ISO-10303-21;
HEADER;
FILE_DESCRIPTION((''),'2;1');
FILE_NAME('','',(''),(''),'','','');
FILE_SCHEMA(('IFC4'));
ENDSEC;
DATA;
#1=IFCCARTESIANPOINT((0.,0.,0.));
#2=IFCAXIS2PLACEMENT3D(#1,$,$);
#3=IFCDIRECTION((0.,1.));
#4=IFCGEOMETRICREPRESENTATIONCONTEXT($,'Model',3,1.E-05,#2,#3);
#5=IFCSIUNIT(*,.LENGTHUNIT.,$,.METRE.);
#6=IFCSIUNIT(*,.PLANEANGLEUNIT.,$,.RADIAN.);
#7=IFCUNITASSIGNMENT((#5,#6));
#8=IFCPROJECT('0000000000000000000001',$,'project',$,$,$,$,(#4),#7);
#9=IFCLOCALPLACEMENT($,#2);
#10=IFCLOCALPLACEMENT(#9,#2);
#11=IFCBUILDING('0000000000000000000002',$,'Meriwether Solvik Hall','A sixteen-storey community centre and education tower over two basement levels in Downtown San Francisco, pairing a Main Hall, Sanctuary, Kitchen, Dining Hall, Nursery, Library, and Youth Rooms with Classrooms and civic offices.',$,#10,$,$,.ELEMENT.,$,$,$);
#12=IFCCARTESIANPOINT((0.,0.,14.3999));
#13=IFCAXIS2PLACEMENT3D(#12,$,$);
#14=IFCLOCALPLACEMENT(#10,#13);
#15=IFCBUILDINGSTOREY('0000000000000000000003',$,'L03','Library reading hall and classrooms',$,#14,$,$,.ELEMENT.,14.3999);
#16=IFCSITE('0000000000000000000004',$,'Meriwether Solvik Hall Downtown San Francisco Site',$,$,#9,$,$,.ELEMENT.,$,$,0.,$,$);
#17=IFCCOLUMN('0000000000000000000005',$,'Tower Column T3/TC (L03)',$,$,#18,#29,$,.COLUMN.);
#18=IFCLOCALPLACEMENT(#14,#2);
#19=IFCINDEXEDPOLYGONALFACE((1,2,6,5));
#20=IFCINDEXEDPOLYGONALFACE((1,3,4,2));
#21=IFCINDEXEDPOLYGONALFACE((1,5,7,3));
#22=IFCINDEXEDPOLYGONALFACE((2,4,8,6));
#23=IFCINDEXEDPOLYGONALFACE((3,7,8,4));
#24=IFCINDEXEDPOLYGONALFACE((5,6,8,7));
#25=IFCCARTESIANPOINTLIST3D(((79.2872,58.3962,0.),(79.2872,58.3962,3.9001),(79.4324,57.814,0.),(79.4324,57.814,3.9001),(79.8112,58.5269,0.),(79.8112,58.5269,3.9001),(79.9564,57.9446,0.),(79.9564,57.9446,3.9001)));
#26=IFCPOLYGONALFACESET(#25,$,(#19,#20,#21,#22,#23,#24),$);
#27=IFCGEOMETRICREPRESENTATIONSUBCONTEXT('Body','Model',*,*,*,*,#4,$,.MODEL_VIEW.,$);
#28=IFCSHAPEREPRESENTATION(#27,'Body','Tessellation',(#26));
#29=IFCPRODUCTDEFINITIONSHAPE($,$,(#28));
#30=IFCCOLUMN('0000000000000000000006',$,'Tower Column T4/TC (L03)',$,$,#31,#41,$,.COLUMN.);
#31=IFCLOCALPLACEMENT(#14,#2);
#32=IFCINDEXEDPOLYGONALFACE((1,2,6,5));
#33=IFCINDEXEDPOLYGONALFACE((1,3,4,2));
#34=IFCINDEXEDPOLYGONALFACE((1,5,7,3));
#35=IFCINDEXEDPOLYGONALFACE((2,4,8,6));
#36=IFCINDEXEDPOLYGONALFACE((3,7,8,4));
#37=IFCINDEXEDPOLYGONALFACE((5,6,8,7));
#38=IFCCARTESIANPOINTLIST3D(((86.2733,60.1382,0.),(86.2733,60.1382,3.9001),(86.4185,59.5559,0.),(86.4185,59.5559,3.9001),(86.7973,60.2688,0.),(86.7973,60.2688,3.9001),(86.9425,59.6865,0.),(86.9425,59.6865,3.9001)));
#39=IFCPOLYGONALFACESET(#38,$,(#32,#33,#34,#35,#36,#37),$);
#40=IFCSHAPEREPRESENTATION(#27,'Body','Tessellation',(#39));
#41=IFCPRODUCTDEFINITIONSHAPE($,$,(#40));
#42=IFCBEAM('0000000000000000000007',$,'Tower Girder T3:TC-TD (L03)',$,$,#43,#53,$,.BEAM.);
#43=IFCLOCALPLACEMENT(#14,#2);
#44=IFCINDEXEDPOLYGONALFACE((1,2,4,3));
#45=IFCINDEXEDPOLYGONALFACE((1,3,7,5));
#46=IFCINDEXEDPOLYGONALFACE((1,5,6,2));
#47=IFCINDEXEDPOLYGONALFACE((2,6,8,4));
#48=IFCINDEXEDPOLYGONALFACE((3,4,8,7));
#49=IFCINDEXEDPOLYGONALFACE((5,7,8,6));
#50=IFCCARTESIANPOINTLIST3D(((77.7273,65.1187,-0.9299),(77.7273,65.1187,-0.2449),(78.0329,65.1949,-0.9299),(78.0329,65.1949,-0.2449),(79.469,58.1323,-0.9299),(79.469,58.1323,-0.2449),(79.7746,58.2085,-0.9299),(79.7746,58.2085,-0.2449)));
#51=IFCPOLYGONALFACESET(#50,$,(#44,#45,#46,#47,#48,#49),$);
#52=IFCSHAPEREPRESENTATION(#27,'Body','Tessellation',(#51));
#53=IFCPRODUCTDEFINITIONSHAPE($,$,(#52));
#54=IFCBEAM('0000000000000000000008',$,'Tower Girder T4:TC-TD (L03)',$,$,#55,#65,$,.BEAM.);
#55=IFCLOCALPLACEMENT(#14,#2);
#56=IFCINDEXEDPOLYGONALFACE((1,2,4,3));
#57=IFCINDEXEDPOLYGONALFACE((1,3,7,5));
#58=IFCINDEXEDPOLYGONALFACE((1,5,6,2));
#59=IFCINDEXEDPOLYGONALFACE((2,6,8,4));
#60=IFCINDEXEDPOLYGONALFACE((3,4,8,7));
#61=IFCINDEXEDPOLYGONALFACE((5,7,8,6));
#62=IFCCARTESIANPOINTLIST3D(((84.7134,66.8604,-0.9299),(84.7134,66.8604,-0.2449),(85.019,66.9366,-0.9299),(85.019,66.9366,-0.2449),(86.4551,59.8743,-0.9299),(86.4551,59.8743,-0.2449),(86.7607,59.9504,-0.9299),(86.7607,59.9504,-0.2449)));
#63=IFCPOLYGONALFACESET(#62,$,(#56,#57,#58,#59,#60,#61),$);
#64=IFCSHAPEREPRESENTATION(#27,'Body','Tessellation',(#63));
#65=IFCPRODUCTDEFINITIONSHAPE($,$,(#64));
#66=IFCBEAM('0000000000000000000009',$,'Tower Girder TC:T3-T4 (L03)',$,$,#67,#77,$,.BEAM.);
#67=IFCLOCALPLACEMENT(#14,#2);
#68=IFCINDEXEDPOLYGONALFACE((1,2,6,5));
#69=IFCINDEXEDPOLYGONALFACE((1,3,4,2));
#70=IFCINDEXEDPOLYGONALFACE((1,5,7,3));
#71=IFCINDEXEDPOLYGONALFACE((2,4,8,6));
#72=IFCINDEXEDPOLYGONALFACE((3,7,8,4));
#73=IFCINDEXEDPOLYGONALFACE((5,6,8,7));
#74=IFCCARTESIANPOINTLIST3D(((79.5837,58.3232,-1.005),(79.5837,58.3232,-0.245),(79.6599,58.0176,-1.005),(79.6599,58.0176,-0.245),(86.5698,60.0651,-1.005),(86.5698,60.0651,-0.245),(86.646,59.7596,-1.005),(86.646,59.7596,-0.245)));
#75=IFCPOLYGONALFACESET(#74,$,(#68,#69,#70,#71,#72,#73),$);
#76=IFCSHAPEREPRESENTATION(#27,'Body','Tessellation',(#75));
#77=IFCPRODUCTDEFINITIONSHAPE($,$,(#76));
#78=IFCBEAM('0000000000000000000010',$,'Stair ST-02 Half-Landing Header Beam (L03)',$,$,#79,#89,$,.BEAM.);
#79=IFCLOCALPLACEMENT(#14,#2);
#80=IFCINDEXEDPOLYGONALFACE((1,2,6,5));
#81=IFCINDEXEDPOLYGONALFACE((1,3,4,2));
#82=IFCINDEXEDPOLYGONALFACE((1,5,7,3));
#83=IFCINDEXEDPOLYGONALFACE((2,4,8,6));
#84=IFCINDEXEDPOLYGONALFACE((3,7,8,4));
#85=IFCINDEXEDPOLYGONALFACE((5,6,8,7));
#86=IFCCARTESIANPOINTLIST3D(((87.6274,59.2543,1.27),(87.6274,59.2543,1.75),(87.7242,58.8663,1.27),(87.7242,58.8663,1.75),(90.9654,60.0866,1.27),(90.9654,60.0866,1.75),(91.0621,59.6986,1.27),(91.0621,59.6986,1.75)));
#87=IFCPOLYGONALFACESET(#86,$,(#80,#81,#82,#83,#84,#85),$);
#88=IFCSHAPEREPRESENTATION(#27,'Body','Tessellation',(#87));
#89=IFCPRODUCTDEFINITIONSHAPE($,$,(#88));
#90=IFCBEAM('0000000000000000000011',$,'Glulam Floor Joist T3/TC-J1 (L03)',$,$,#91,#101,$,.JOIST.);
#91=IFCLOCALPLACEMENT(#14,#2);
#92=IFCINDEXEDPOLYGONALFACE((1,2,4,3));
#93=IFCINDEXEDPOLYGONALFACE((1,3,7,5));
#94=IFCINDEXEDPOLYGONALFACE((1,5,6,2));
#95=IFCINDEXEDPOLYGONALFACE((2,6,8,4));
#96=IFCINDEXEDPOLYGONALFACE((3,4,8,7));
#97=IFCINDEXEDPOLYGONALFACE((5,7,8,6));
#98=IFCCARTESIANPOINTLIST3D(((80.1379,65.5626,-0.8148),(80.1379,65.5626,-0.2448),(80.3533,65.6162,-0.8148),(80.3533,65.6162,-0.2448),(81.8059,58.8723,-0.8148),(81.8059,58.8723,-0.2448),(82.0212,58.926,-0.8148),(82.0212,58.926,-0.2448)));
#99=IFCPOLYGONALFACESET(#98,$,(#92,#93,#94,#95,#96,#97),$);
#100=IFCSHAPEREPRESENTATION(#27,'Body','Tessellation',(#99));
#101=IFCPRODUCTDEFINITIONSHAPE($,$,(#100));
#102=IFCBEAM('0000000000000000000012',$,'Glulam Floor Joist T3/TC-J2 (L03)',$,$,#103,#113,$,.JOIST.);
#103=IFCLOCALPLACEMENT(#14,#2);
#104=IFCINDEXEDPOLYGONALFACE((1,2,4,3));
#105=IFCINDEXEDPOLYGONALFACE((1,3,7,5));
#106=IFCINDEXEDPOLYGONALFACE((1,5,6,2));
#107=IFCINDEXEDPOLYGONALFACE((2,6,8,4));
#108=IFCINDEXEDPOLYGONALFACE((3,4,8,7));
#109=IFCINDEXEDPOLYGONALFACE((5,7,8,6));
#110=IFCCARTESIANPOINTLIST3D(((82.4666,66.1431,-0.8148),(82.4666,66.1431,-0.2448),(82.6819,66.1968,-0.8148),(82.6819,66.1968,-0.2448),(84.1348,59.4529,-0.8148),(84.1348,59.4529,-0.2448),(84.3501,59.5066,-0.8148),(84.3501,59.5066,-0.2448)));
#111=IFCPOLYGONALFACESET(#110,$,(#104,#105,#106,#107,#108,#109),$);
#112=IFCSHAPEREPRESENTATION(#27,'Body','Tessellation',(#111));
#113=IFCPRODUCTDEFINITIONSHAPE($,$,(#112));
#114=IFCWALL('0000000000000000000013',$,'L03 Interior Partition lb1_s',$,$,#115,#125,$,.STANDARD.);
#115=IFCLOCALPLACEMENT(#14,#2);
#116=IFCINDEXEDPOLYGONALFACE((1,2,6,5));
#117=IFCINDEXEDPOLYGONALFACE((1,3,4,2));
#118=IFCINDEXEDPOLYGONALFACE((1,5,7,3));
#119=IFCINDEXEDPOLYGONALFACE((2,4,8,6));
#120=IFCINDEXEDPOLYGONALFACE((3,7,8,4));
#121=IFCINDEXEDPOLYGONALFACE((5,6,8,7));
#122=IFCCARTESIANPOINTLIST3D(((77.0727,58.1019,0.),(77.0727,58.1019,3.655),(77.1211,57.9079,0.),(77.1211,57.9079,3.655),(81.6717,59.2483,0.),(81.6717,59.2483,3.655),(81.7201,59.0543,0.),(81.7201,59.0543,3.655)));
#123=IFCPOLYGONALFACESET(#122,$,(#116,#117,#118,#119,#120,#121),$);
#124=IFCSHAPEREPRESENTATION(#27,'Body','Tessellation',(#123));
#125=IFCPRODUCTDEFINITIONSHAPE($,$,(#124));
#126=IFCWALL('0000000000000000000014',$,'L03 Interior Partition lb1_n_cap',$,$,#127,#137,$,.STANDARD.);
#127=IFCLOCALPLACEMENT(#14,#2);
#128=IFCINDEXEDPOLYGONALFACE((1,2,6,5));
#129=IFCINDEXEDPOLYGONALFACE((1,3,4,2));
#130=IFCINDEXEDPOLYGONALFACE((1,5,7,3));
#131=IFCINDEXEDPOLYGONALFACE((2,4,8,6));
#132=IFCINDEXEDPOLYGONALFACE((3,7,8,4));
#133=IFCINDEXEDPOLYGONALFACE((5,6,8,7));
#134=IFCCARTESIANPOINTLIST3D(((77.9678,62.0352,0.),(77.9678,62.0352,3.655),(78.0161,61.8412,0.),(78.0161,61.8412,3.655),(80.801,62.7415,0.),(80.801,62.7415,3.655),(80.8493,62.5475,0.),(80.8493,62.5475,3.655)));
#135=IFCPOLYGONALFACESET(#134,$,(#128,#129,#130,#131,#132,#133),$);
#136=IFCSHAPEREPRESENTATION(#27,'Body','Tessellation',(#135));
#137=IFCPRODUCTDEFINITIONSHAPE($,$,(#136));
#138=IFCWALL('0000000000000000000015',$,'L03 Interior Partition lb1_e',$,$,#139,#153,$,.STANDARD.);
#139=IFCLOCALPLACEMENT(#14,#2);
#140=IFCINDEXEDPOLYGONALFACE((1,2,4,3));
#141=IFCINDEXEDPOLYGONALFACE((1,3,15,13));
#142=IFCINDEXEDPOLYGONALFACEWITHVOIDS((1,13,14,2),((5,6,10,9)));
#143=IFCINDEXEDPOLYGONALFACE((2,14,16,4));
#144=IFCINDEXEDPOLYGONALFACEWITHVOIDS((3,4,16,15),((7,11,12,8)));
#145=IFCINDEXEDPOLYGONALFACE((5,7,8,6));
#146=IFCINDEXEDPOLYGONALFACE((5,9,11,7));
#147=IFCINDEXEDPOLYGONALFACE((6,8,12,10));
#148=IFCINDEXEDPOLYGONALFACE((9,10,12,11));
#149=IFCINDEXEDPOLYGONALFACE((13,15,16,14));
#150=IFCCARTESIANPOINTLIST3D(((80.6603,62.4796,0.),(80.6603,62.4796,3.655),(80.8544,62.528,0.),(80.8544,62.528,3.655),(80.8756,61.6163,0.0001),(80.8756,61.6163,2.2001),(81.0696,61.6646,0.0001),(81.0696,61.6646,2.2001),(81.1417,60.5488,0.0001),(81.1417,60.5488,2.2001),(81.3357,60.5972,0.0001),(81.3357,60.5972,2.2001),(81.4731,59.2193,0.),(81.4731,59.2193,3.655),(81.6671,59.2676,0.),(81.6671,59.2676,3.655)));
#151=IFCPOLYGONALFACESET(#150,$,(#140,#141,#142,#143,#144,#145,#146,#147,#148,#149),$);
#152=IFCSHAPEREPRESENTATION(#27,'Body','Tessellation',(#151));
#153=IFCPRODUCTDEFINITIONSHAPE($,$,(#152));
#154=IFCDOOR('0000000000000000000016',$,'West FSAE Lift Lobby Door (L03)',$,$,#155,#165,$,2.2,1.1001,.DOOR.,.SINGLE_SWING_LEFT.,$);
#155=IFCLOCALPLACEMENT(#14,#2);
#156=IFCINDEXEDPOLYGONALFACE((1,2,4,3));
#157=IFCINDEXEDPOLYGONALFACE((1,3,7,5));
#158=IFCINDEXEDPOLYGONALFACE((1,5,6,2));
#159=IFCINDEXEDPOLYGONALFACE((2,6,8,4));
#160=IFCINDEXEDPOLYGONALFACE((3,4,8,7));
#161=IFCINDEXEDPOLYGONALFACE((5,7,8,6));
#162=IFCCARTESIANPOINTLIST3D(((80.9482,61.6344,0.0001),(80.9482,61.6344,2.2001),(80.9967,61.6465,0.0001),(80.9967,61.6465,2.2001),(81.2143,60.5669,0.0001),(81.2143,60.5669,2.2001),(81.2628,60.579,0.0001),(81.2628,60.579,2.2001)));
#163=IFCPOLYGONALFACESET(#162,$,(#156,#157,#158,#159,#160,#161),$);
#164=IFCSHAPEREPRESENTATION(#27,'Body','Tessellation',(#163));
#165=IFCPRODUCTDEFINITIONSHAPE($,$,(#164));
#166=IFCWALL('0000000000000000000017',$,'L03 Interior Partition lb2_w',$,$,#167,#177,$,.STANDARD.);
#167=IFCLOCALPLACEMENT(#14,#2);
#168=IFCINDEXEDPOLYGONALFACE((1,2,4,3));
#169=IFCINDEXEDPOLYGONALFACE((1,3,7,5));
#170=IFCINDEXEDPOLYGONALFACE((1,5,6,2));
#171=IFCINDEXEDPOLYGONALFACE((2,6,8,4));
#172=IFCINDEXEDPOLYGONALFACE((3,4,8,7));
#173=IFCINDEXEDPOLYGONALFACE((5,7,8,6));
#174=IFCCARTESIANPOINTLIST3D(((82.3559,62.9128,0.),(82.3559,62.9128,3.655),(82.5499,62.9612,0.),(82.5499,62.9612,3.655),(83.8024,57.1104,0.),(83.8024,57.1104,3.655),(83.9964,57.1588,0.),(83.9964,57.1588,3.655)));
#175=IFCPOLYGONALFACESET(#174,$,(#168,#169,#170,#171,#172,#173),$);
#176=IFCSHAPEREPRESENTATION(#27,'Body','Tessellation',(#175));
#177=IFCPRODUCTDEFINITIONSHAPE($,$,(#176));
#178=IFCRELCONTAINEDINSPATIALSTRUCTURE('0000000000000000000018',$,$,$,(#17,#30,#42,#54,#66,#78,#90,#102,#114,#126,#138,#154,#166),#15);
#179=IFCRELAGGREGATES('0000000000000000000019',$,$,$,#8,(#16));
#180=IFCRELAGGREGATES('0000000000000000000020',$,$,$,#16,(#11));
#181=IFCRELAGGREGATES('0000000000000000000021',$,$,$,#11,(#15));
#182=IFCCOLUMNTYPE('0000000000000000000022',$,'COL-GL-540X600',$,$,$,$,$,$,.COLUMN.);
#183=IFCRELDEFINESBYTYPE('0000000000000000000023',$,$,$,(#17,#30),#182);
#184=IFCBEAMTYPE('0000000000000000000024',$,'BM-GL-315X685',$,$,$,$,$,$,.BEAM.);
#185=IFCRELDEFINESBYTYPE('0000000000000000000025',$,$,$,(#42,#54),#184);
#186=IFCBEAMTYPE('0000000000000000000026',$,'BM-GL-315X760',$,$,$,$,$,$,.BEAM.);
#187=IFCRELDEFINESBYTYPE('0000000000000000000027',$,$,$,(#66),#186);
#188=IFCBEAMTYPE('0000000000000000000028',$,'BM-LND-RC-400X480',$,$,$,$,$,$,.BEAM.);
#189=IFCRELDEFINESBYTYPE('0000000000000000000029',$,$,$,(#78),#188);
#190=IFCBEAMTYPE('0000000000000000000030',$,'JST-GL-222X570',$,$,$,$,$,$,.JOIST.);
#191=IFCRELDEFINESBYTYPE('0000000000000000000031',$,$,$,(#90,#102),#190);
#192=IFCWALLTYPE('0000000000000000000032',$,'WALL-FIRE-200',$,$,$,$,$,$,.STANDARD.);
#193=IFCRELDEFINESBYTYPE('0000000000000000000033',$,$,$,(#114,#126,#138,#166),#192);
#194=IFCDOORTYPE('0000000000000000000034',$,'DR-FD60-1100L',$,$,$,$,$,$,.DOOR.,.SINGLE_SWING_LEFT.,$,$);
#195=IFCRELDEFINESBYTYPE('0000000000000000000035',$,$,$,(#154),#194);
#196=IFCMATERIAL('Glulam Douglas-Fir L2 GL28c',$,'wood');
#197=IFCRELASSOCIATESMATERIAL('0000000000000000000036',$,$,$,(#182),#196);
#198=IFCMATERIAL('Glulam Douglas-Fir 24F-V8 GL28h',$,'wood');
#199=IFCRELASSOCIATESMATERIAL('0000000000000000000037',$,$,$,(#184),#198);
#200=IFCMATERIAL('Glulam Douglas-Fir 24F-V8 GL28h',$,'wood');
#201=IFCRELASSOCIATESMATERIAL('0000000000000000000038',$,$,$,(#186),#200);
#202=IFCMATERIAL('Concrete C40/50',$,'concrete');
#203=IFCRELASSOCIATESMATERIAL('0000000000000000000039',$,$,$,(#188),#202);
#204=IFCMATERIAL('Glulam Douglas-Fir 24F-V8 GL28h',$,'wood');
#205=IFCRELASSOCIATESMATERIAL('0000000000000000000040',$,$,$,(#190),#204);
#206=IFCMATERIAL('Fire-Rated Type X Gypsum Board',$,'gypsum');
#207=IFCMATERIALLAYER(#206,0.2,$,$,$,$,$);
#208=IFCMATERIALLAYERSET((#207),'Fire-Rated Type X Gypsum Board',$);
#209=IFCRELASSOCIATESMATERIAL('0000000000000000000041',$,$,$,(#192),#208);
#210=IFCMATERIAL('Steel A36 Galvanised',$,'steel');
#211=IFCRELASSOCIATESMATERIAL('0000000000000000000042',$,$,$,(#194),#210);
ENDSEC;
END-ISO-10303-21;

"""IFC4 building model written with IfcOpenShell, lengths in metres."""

from ifc_helpers import new_model, si_unit, direction, frame, frame_2d, origin, origin_2d, place, context, subcontext, project, spatial, rectangle, extrude, material, layer, layer_set, material_profile, profile_set, type_object, element, fill, save


model = new_model("IFC4")

# Units and contexts
model_context = context("Model", 3, precision=1e-05, world=origin(), true_north=direction((0.0, 1.0)))
body_context = subcontext(model_context, "Body", "Model", "MODEL_VIEW")
ifc_project = project(units=[si_unit("LENGTHUNIT", "METRE"), si_unit("PLANEANGLEUNIT", "RADIAN")], contexts=[model_context])

# Site, building, storey
site_placement = place(None, origin())
site = spatial("IfcSite", under=ifc_project, at=site_placement, Name="Meriwether Solvik Hall Downtown San Francisco Site", CompositionType="ELEMENT", RefElevation=0.0)
building_placement = place(site_placement, origin())
building = spatial("IfcBuilding", under=site, at=building_placement, Name="Meriwether Solvik Hall", Description="A sixteen-storey community centre and education tower over two basement levels in Downtown San Francisco, pairing a Main Hall, Sanctuary, Kitchen, Dining Hall, Nursery, Library, and Youth Rooms with Classrooms and civic offices.", CompositionType="ELEMENT")
storey_placement = place(building_placement, frame((0.0, 0.0, 14.3999)))
storey = spatial("IfcBuildingStorey", under=building, at=storey_placement, Name="L03", Description="Library reading hall and classrooms", CompositionType="ELEMENT", Elevation=14.3999)

# Columns
ifc_material_1 = material(Name="Glulam Douglas-Fir L2 GL28c", Category="wood")
ifc_material_profile_1 = material_profile(ifc_material_1, rectangle(XDim=0.54, YDim=0.6001, at=origin_2d()), Name="GLC-540X600")
ifc_profile_set_1 = profile_set([ifc_material_profile_1], Name="Glulam Douglas-Fir L2 GL28c")
column_type = type_object("IfcColumnType", Name="COL-GL-540X600", PredefinedType="COLUMN", material=ifc_profile_set_1)
for number, where, z_axis, x_axis, name in (
    (1, (79.6218, 58.1704, 0.0), (0.0, 0.0, 1.0), (0.970296, 0.241922, 0.0), "Tower Column T3/TC (L03)"),
    (2, (86.6079, 59.9124, 0.0), (0.0, 0.0, 1.0), (0.970296, 0.241922, 0.0), "Tower Column T4/TC (L03)"),
):
    element("IfcColumn", number, at=place(storey_placement, frame(where, z_axis=z_axis, x_axis=x_axis)), inside=storey, type_object=column_type, Name=name, PredefinedType="COLUMN", context=body_context, shape_type="SweptSolid", body=[
        extrude(rectangle(XDim=0.54, YDim=0.6001, at=origin_2d()), origin(), (0.0, 0.0, 1.0), 3.9001),
    ])

# Beams
ifc_material_2 = material(Name="Glulam Douglas-Fir 24F-V8 GL28h", Category="wood")
ifc_material_profile_2 = material_profile(ifc_material_2, rectangle(XDim=0.3149, YDim=0.6851, at=origin_2d()), Name="GLB-315X685")
ifc_profile_set_2 = profile_set([ifc_material_profile_2], Name="Glulam Douglas-Fir 24F-V8 GL28h")
beam_type_1 = type_object("IfcBeamType", Name="BM-GL-315X685", PredefinedType="BEAM", material=ifc_profile_set_2)
beam_1_placement = place(storey_placement, frame((79.6218, 58.1704, -0.5874), z_axis=(-0.241897, 0.970302, 0.0), x_axis=(-0.970302, -0.241897, 0.0)))
element("IfcBeam", 3, at=beam_1_placement, inside=storey, type_object=beam_type_1, Name="Tower Girder T3:TC-TD (L03)", PredefinedType="BEAM", context=body_context, shape_type="SweptSolid", body=[
    extrude(rectangle(XDim=0.3149, YDim=0.6851, at=origin_2d()), origin(), (0.0, 0.0, 1.0), 7.2002),
])
beam_2_placement = place(storey_placement, frame((86.6079, 59.9124, -0.5874), z_axis=(-0.241905, 0.9703, 0.0), x_axis=(-0.9703, -0.241905, 0.0)))
element("IfcBeam", 4, at=beam_2_placement, inside=storey, type_object=beam_type_1, Name="Tower Girder T4:TC-TD (L03)", PredefinedType="BEAM", context=body_context, shape_type="SweptSolid", body=[
    extrude(rectangle(XDim=0.3149, YDim=0.6851, at=origin_2d()), origin(), (0.0, 0.0, 1.0), 7.2),
])
ifc_material_3 = material(Name="Glulam Douglas-Fir 24F-V8 GL28h", Category="wood")
ifc_material_profile_3 = material_profile(ifc_material_3, rectangle(XDim=0.3149, YDim=0.76, at=origin_2d()), Name="GLB-315X760")
ifc_profile_set_3 = profile_set([ifc_material_profile_3], Name="Glulam Douglas-Fir 24F-V8 GL28h")
beam_type_2 = type_object("IfcBeamType", Name="BM-GL-315X760", PredefinedType="BEAM", material=ifc_profile_set_3)
beam_3_placement = place(storey_placement, frame((79.6218, 58.1704, -0.625), z_axis=(0.970292, 0.241937, 0.0), x_axis=(-0.241937, 0.970292, 0.0)))
element("IfcBeam", 5, at=beam_3_placement, inside=storey, type_object=beam_type_2, Name="Tower Girder TC:T3-T4 (L03)", PredefinedType="BEAM", context=body_context, shape_type="SweptSolid", body=[
    extrude(rectangle(XDim=0.3149, YDim=0.76, at=origin_2d()), origin(), (0.0, 0.0, 1.0), 7.2),
])
ifc_material_4 = material(Name="Concrete C40/50", Category="concrete")
ifc_material_profile_4 = material_profile(ifc_material_4, rectangle(XDim=0.3999, YDim=0.48, at=origin_2d()), Name="RCB-400X480")
ifc_profile_set_4 = profile_set([ifc_material_profile_4], Name="Concrete C40/50")
beam_type_3 = type_object("IfcBeamType", Name="BM-LND-RC-400X480", PredefinedType="BEAM", material=ifc_profile_set_4)
beam_4_placement = place(storey_placement, frame((87.6758, 59.0603, 1.51), z_axis=(0.970293, 0.241934, 0.0), x_axis=(-0.241934, 0.970293, 0.0)))
element("IfcBeam", 6, at=beam_4_placement, inside=storey, type_object=beam_type_3, Name="Stair ST-02 Half-Landing Header Beam (L03)", PredefinedType="BEAM", context=body_context, shape_type="SweptSolid", body=[
    extrude(rectangle(XDim=0.3999, YDim=0.48, at=origin_2d()), origin(), (0.0, 0.0, 1.0), 3.4402),
])
ifc_material_5 = material(Name="Glulam Douglas-Fir 24F-V8 GL28h", Category="wood")
ifc_material_profile_5 = material_profile(ifc_material_5, rectangle(XDim=0.2219, YDim=0.5701, at=origin_2d()), Name="GLJ-222X570")
ifc_profile_set_5 = profile_set([ifc_material_profile_5], Name="Glulam Douglas-Fir 24F-V8 GL28h")
beam_type_4 = type_object("IfcBeamType", Name="JST-GL-222X570", PredefinedType="JOIST", material=ifc_profile_set_5)
for number, where, z_axis, x_axis, name in (
    (7, (81.9136, 58.8992, -0.5298), (-0.241911, 0.970299, 0.0), (-0.970299, -0.241911, 0.0), "Glulam Floor Joist T3/TC-J1 (L03)"),
    (8, (84.2424, 59.4797, -0.5298), (-0.241944, 0.97029, 0.0), (-0.97029, -0.241944, 0.0), "Glulam Floor Joist T3/TC-J2 (L03)"),
):
    element("IfcBeam", number, at=place(storey_placement, frame(where, z_axis=z_axis, x_axis=x_axis)), inside=storey, type_object=beam_type_4, Name=name, PredefinedType="JOIST", context=body_context, shape_type="SweptSolid", body=[
        extrude(rectangle(XDim=0.2219, YDim=0.5701, at=origin_2d()), origin(), (0.0, 0.0, 1.0), 6.895),
    ])

# Walls
ifc_material_6 = material(Name="Fire-Rated Type X Gypsum Board", Category="gypsum")
ifc_layer_1 = layer(ifc_material_6, 0.2)
ifc_layer_set_1 = layer_set([ifc_layer_1], Name="Fire-Rated Type X Gypsum Board")
wall_type_1 = type_object("IfcWallType", Name="WALL-FIRE-200", PredefinedType="STANDARD", material=ifc_layer_set_1)
wall_1_placement = place(storey_placement, frame((77.0969, 58.0049, 0.0), z_axis=(0.0, 0.0, 1.0), x_axis=(0.970306, 0.241881, 0.0)))
element("IfcWall", 9, at=wall_1_placement, inside=storey, type_object=wall_type_1, Name="L03 Interior Partition lb1_s", PredefinedType="STANDARD", context=body_context, shape_type="SweptSolid", body=[
    extrude(rectangle(XDim=4.7397, YDim=0.2, at=frame_2d((2.3699, 0.0))), origin(), (0.0, 0.0, 1.0), 3.655),
])
wall_2_placement = place(storey_placement, frame((77.9919, 61.9382, 0.0), z_axis=(0.0, 0.0, 1.0), x_axis=(0.970305, 0.241886, 0.0)))
element("IfcWall", 10, at=wall_2_placement, inside=storey, type_object=wall_type_1, Name="L03 Interior Partition lb1_n_cap", PredefinedType="STANDARD", context=body_context, shape_type="SweptSolid", body=[
    extrude(rectangle(XDim=2.9199, YDim=0.2, at=frame_2d((1.46, 0.0))), origin(), (0.0, 0.0, 1.0), 3.655),
])

# Wall, opening, door
wall_3_placement = place(storey_placement, frame((80.7573, 62.5039, 0.0), z_axis=(0.0, 0.0, 1.0), x_axis=(0.241886, -0.970305, 0.0)))
wall_3 = element("IfcWall", 11, at=wall_3_placement, inside=storey, type_object=wall_type_1, Name="L03 Interior Partition lb1_e", PredefinedType="STANDARD", context=body_context, shape_type="SweptSolid", body=[
    extrude(rectangle(XDim=3.3601, YDim=0.2, at=frame_2d((1.6802, 0.0))), origin(), (0.0, 0.0, 1.0), 3.655),
])
opening_placement = place(wall_3_placement, frame((0.8899, 0.0, 0.0)))
opening = element("IfcOpeningElement", 12, at=opening_placement, cuts=wall_3, PredefinedType="OPENING", context=body_context, shape_type="SweptSolid", body=[
    extrude(rectangle(XDim=1.1001, YDim=2.2, at=frame_2d((0.55, 1.1001))), frame((0.0, 0.1118, 0.0), z_axis=(0.0, -1.0, 0.0), x_axis=(1.0, 0.0, 0.0)), (0.0, 0.0, 1.0), 0.2239),
])
ifc_material_7 = material(Name="Steel A36 Galvanised", Category="steel")
door_type = type_object("IfcDoorType", Name="DR-FD60-1100L", OperationType="SINGLE_SWING_LEFT", PredefinedType="DOOR", material=ifc_material_7)
door_placement = place(opening_placement, origin())
door = element("IfcDoor", 13, at=door_placement, inside=storey, type_object=door_type, Name="West FSAE Lift Lobby Door (L03)", OperationType="SINGLE_SWING_LEFT", OverallHeight=2.2, OverallWidth=1.1001, PredefinedType="DOOR", context=body_context, shape_type="SweptSolid", body=[
    extrude(rectangle(XDim=1.1001, YDim=2.2, at=frame_2d((0.55, 1.1001))), frame((0.0, 0.0249, 0.0), z_axis=(0.0, -1.0, 0.0), x_axis=(1.0, 0.0, 0.0)), (0.0, 0.0, 1.0), 0.05),
])
fill(opening, door)

# Wall
wall_4_placement = place(storey_placement, frame((82.4529, 62.937, 0.0), z_axis=(0.0, 0.0, 1.0), x_axis=(0.241892, -0.970303, 0.0)))
element("IfcWall", 14, at=wall_4_placement, inside=storey, type_object=wall_type_1, Name="L03 Interior Partition lb2_w", PredefinedType="STANDARD", context=body_context, shape_type="SweptSolid", body=[
    extrude(rectangle(XDim=5.98, YDim=0.2, at=frame_2d((2.99, 0.0))), origin(), (0.0, 0.0, 1.0), 3.655),
])

save(model, "model.ifc")
